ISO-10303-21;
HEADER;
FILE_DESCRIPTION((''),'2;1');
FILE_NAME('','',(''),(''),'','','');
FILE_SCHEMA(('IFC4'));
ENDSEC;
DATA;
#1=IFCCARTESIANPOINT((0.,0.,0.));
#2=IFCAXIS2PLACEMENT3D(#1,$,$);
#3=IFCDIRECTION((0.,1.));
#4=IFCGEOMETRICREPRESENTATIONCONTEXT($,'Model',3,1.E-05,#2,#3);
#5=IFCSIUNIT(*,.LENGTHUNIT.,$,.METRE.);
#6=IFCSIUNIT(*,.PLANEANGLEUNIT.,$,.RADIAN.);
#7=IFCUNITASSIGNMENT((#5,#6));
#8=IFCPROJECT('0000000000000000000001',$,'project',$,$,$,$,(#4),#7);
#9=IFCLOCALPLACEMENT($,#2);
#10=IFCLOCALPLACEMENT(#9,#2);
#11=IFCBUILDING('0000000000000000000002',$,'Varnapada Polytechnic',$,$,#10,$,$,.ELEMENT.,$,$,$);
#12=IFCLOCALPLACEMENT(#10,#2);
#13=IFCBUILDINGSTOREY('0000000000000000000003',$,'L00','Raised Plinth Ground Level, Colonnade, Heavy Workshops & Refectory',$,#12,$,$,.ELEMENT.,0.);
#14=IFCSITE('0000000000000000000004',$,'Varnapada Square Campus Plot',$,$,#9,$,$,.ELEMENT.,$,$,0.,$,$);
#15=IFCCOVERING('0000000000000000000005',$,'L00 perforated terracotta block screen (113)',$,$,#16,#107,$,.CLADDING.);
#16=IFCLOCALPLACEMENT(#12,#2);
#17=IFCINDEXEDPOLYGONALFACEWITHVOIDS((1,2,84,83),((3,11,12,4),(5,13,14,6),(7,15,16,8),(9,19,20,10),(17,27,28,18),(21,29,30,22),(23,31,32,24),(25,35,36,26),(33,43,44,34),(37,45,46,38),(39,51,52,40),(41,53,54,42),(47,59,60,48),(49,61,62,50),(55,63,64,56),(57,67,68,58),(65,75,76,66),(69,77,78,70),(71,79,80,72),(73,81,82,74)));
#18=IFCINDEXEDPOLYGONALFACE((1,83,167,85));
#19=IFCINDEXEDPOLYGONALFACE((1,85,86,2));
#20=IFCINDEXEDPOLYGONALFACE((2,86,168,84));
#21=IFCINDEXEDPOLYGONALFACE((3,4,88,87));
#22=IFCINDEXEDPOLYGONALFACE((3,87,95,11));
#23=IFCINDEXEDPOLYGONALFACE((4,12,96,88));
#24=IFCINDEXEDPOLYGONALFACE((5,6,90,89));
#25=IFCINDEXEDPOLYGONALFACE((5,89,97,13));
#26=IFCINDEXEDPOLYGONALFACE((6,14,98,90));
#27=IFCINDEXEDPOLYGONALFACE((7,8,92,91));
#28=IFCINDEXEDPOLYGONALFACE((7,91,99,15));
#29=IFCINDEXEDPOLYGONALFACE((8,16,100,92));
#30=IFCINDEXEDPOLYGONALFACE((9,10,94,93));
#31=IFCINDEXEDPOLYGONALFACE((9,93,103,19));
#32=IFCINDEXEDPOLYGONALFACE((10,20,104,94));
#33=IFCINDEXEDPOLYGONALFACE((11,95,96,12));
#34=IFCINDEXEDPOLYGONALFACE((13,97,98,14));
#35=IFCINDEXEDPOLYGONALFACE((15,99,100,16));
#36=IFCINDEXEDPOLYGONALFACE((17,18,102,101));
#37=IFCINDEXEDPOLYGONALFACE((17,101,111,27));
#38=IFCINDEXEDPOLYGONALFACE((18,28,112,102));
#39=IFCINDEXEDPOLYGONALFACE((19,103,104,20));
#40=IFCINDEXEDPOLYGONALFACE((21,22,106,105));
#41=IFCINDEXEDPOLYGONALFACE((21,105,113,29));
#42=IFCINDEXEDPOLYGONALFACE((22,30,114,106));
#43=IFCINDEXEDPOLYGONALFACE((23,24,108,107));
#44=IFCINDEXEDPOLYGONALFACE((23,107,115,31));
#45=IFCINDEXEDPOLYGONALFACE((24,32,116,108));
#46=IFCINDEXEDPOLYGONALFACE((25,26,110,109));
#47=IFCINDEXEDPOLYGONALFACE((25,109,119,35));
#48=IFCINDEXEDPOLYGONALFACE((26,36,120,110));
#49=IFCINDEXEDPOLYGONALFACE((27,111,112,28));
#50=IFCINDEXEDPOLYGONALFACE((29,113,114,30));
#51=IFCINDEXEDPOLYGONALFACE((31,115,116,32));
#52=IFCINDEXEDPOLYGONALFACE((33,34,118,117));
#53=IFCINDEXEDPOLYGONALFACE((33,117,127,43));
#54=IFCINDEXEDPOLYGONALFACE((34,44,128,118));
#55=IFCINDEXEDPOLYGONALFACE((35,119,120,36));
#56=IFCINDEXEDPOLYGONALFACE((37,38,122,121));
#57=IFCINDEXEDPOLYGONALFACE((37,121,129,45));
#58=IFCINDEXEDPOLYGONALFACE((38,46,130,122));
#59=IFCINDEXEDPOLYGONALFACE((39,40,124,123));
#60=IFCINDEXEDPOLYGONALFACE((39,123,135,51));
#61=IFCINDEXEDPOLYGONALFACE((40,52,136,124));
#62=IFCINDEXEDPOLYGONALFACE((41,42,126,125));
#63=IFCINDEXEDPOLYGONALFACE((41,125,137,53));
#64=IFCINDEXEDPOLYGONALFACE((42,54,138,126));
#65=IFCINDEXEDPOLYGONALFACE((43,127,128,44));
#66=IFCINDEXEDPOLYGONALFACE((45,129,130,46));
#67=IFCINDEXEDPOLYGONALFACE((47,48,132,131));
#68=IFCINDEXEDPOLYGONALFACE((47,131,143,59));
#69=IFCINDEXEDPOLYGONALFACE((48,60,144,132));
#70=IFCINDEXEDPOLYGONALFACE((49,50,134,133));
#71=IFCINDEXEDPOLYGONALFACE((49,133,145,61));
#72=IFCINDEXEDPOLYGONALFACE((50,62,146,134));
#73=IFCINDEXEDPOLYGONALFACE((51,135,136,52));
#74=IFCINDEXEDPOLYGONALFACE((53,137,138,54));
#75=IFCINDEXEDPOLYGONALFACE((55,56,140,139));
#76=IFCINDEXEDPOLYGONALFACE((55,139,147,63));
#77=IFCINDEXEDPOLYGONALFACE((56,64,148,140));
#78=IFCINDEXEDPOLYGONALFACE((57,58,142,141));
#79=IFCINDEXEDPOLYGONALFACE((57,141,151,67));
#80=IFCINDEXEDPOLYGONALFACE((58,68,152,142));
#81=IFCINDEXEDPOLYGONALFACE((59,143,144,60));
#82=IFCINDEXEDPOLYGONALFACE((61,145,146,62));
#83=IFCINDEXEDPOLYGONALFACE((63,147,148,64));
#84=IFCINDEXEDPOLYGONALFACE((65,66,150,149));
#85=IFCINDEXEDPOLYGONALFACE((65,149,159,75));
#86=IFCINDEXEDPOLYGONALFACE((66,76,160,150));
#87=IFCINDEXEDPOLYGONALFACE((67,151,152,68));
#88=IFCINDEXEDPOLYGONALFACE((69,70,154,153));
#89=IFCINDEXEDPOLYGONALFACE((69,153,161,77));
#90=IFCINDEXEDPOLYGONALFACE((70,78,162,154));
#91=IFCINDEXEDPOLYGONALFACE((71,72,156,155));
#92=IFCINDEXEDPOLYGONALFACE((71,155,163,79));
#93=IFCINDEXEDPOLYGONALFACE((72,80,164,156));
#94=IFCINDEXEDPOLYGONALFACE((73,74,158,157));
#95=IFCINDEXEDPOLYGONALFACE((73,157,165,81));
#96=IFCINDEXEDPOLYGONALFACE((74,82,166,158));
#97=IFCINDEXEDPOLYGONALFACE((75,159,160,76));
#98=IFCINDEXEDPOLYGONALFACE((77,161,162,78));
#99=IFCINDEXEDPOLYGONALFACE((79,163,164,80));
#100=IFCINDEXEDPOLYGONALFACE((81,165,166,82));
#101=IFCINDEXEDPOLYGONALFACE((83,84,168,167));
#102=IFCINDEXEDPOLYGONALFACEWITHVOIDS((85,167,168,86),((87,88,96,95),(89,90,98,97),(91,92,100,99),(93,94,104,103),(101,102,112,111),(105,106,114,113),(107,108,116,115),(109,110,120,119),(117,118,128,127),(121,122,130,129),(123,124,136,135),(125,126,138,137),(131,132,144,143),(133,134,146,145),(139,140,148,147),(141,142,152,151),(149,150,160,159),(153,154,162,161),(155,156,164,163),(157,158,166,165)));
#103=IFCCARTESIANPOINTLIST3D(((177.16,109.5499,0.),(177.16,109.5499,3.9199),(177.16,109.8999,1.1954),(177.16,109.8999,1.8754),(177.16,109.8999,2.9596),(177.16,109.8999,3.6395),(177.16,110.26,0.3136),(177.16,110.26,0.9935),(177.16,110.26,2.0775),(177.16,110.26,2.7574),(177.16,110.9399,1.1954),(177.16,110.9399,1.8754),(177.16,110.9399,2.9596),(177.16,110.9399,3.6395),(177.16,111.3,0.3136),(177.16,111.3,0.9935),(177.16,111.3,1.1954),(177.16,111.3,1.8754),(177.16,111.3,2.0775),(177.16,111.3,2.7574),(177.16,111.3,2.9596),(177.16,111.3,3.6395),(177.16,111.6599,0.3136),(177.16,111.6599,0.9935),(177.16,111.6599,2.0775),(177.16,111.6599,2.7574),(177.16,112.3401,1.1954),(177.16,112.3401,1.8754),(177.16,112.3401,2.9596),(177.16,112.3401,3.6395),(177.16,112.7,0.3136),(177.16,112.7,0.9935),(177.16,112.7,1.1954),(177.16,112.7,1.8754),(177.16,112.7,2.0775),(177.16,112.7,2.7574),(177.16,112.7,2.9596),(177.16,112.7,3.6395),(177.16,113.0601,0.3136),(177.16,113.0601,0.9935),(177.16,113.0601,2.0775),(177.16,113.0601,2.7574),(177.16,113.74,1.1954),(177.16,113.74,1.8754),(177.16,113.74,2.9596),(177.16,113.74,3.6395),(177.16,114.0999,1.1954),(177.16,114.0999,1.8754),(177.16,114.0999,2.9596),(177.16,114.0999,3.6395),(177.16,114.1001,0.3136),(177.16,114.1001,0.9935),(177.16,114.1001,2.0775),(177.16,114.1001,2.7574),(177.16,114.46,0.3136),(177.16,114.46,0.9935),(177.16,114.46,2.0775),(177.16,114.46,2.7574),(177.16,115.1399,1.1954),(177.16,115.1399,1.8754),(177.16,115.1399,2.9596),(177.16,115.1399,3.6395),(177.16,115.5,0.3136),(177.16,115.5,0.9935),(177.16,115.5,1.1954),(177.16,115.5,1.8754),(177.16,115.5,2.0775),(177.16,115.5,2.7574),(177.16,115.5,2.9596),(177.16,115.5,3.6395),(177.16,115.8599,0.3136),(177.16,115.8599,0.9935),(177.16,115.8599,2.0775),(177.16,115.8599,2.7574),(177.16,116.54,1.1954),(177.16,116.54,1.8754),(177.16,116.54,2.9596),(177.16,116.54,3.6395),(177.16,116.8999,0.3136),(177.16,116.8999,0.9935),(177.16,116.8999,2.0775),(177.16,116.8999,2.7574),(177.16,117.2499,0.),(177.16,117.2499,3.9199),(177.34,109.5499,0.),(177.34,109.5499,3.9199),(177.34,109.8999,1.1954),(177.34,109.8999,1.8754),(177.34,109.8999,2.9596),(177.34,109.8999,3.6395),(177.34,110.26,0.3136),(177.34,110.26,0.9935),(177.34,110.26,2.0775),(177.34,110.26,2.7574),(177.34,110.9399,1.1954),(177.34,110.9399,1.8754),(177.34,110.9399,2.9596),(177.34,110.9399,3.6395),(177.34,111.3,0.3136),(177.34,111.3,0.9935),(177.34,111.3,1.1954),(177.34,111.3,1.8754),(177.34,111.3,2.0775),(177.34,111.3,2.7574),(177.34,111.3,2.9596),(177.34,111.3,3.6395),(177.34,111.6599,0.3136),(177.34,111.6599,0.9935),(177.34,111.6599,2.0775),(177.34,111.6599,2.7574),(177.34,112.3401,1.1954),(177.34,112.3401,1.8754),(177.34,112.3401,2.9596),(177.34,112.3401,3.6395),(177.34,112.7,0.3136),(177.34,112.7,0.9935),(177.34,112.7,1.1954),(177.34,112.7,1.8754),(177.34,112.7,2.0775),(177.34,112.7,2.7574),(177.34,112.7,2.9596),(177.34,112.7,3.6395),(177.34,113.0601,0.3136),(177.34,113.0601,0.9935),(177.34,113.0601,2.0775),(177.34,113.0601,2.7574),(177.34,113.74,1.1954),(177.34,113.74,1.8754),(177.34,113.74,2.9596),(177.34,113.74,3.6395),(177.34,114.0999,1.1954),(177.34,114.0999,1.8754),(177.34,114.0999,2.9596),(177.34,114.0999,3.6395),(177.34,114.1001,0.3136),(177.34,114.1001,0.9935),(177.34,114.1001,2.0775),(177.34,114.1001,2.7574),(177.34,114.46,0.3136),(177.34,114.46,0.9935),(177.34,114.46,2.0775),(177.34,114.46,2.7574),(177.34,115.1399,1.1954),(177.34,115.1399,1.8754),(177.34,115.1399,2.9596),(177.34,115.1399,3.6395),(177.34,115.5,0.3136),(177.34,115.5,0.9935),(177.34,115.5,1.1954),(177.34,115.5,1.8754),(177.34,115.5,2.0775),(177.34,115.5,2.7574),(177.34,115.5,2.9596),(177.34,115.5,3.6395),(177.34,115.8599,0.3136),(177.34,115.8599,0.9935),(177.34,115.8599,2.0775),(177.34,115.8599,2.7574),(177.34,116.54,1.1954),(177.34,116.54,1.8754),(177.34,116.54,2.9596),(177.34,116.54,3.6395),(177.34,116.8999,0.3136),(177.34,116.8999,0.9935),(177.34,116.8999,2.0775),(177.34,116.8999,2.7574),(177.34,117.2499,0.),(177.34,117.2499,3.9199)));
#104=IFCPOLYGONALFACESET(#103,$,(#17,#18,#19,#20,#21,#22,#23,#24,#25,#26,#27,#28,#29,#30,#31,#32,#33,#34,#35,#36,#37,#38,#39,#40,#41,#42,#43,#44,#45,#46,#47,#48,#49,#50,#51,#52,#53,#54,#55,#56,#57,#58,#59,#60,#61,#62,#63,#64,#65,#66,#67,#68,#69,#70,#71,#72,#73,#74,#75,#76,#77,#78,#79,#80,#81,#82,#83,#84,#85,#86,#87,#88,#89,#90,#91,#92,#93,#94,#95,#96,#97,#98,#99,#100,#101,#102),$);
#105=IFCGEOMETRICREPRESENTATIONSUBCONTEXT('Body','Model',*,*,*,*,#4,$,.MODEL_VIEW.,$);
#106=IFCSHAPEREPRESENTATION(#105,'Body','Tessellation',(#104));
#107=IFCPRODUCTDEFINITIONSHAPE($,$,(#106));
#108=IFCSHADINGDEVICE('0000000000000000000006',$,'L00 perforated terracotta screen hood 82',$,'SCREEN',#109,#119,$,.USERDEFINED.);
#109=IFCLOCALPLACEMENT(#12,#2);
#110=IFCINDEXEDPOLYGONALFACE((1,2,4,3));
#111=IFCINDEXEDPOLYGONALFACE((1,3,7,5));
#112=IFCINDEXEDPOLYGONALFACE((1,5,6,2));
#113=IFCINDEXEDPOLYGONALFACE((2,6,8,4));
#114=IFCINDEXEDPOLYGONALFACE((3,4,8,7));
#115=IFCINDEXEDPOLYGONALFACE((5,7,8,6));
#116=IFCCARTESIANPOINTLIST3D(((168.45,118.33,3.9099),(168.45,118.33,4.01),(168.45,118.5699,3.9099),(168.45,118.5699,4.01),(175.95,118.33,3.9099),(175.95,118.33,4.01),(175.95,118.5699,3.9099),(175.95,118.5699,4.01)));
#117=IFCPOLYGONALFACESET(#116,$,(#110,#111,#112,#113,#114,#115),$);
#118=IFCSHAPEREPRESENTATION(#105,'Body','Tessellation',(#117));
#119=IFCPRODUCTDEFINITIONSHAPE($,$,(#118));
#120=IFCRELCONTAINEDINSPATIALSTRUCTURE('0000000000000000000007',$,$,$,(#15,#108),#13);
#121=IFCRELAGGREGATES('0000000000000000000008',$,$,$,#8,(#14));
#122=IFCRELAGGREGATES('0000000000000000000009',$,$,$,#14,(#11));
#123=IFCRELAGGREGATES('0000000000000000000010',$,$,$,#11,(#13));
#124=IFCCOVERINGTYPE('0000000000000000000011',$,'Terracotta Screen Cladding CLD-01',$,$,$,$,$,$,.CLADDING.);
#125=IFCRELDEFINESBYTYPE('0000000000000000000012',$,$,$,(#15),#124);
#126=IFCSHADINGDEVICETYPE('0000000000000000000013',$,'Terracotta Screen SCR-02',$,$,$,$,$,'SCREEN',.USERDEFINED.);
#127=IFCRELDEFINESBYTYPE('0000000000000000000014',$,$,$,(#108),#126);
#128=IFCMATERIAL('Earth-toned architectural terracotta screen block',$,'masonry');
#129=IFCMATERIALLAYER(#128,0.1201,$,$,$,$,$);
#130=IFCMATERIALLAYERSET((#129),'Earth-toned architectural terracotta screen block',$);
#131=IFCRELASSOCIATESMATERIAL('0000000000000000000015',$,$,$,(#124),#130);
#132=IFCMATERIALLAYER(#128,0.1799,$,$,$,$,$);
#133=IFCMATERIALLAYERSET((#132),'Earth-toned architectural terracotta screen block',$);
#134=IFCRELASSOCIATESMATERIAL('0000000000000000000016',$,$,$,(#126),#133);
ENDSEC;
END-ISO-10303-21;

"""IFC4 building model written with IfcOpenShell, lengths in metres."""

from ifc_helpers import new_model, si_unit, direction, frame, frame_2d, origin, origin_2d, place, context, subcontext, project, spatial, rectangle, extrude, material, layer, layer_set, type_object, element, save


model = new_model("IFC4")

# Units and contexts
model_context = context("Model", 3, precision=1e-05, world=origin(), true_north=direction((0.0, 1.0)))
body_context = subcontext(model_context, "Body", "Model", "MODEL_VIEW")
ifc_project = project(units=[si_unit("LENGTHUNIT", "METRE"), si_unit("PLANEANGLEUNIT", "RADIAN")], contexts=[model_context])

# Site, building, storey
site_placement = place(None, origin())
site = spatial("IfcSite", under=ifc_project, at=site_placement, Name="Varnapada Square Campus Plot", CompositionType="ELEMENT", RefElevation=0.0)
building_placement = place(site_placement, origin())
building = spatial("IfcBuilding", under=site, at=building_placement, Name="Varnapada Polytechnic", CompositionType="ELEMENT")
storey_placement = place(building_placement, origin())
storey = spatial("IfcBuildingStorey", under=building, at=storey_placement, Name="L00", Description="Raised Plinth Ground Level, Colonnade, Heavy Workshops & Refectory", CompositionType="ELEMENT", Elevation=0.0)

# Covering, openings
ifc_material_1 = material(Name="Earth-toned architectural terracotta screen block", Category="masonry")
ifc_layer_1 = layer(ifc_material_1, 0.1201)
ifc_layer_set_1 = layer_set([ifc_layer_1], Name="Earth-toned architectural terracotta screen block")
covering_type = type_object("IfcCoveringType", Name="Terracotta Screen Cladding CLD-01", PredefinedType="CLADDING", material=ifc_layer_set_1)
covering_placement = place(storey_placement, frame((177.25, 117.25, 0.0), z_axis=(0.0, 0.0, 1.0), x_axis=(0.0, -1.0, 0.0)))
covering = element("IfcCovering", 1, at=covering_placement, inside=storey, type_object=covering_type, Name="L00 perforated terracotta block screen (113)", PredefinedType="CLADDING", context=body_context, shape_type="SweptSolid", body=[
    extrude(rectangle(XDim=7.7, YDim=0.1799, at=frame_2d((3.8501, 0.0))), origin(), (0.0, 0.0, 1.0), 3.9199),
])
opening_1_placement = place(covering_placement, frame((0.3501, 0.0, 0.3137)))
element("IfcOpeningElement", 2, at=opening_1_placement, cuts=covering, PredefinedType="OPENING", context=body_context, shape_type="SweptSolid", body=[
    extrude(rectangle(XDim=1.04, YDim=0.6799, at=frame_2d((0.52, 0.3398))), frame((0.0, 0.0999, 0.0), z_axis=(0.0, -1.0, 0.0), x_axis=(1.0, 0.0, 0.0)), (0.0, 0.0, 1.0), 0.2),
])
opening_2_placement = place(covering_placement, frame((1.75, 0.0, 0.3137)))
element("IfcOpeningElement", 3, at=opening_2_placement, cuts=covering, PredefinedType="OPENING", context=body_context, shape_type="SweptSolid", body=[
    extrude(rectangle(XDim=1.04, YDim=0.6799, at=frame_2d((0.52, 0.3398))), frame((0.0, 0.0999, 0.0), z_axis=(0.0, -1.0, 0.0), x_axis=(1.0, 0.0, 0.0)), (0.0, 0.0, 1.0), 0.2),
])
opening_3_placement = place(covering_placement, frame((3.1499, 0.0, 0.3137)))
element("IfcOpeningElement", 4, at=opening_3_placement, cuts=covering, PredefinedType="OPENING", context=body_context, shape_type="SweptSolid", body=[
    extrude(rectangle(XDim=1.04, YDim=0.6799, at=frame_2d((0.52, 0.3398))), frame((0.0, 0.0999, 0.0), z_axis=(0.0, -1.0, 0.0), x_axis=(1.0, 0.0, 0.0)), (0.0, 0.0, 1.0), 0.2),
])
opening_4_placement = place(covering_placement, frame((4.55, 0.0, 0.3137)))
element("IfcOpeningElement", 5, at=opening_4_placement, cuts=covering, PredefinedType="OPENING", context=body_context, shape_type="SweptSolid", body=[
    extrude(rectangle(XDim=1.04, YDim=0.6799, at=frame_2d((0.52, 0.3398))), frame((0.0, 0.0999, 0.0), z_axis=(0.0, -1.0, 0.0), x_axis=(1.0, 0.0, 0.0)), (0.0, 0.0, 1.0), 0.2),
])
opening_5_placement = place(covering_placement, frame((5.95, 0.0, 0.3137)))
element("IfcOpeningElement", 6, at=opening_5_placement, cuts=covering, PredefinedType="OPENING", context=body_context, shape_type="SweptSolid", body=[
    extrude(rectangle(XDim=1.04, YDim=0.6799, at=frame_2d((0.52, 0.3398))), frame((0.0, 0.0999, 0.0), z_axis=(0.0, -1.0, 0.0), x_axis=(1.0, 0.0, 0.0)), (0.0, 0.0, 1.0), 0.2),
])
opening_6_placement = place(covering_placement, frame((0.71, 0.0, 1.1956)))
element("IfcOpeningElement", 7, at=opening_6_placement, cuts=covering, PredefinedType="OPENING", context=body_context, shape_type="SweptSolid", body=[
    extrude(rectangle(XDim=1.04, YDim=0.6799, at=frame_2d((0.52, 0.3398))), frame((0.0, 0.0999, 0.0), z_axis=(0.0, -1.0, 0.0), x_axis=(1.0, 0.0, 0.0)), (0.0, 0.0, 1.0), 0.2),
])
opening_7_placement = place(covering_placement, frame((2.1101, 0.0, 1.1956)))
element("IfcOpeningElement", 8, at=opening_7_placement, cuts=covering, PredefinedType="OPENING", context=body_context, shape_type="SweptSolid", body=[
    extrude(rectangle(XDim=1.04, YDim=0.6799, at=frame_2d((0.52, 0.3398))), frame((0.0, 0.0999, 0.0), z_axis=(0.0, -1.0, 0.0), x_axis=(1.0, 0.0, 0.0)), (0.0, 0.0, 1.0), 0.2),
])
opening_8_placement = place(covering_placement, frame((3.51, 0.0, 1.1956)))
element("IfcOpeningElement", 9, at=opening_8_placement, cuts=covering, PredefinedType="OPENING", context=body_context, shape_type="SweptSolid", body=[
    extrude(rectangle(XDim=1.04, YDim=0.6799, at=frame_2d((0.52, 0.3398))), frame((0.0, 0.0999, 0.0), z_axis=(0.0, -1.0, 0.0), x_axis=(1.0, 0.0, 0.0)), (0.0, 0.0, 1.0), 0.2),
])
opening_9_placement = place(covering_placement, frame((4.9099, 0.0, 1.1956)))
element("IfcOpeningElement", 10, at=opening_9_placement, cuts=covering, PredefinedType="OPENING", context=body_context, shape_type="SweptSolid", body=[
    extrude(rectangle(XDim=1.04, YDim=0.6799, at=frame_2d((0.52, 0.3398))), frame((0.0, 0.0999, 0.0), z_axis=(0.0, -1.0, 0.0), x_axis=(1.0, 0.0, 0.0)), (0.0, 0.0, 1.0), 0.2),
])
opening_10_placement = place(covering_placement, frame((6.3101, 0.0, 1.1956)))
element("IfcOpeningElement", 11, at=opening_10_placement, cuts=covering, PredefinedType="OPENING", context=body_context, shape_type="SweptSolid", body=[
    extrude(rectangle(XDim=1.04, YDim=0.6799, at=frame_2d((0.52, 0.3398))), frame((0.0, 0.0999, 0.0), z_axis=(0.0, -1.0, 0.0), x_axis=(1.0, 0.0, 0.0)), (0.0, 0.0, 1.0), 0.2),
])
opening_11_placement = place(covering_placement, frame((0.3501, 0.0, 2.0776)))
element("IfcOpeningElement", 12, at=opening_11_placement, cuts=covering, PredefinedType="OPENING", context=body_context, shape_type="SweptSolid", body=[
    extrude(rectangle(XDim=1.04, YDim=0.6799, at=frame_2d((0.52, 0.3398))), frame((0.0, 0.0999, 0.0), z_axis=(0.0, -1.0, 0.0), x_axis=(1.0, 0.0, 0.0)), (0.0, 0.0, 1.0), 0.2),
])
opening_12_placement = place(covering_placement, frame((1.75, 0.0, 2.0776)))
element("IfcOpeningElement", 13, at=opening_12_placement, cuts=covering, PredefinedType="OPENING", context=body_context, shape_type="SweptSolid", body=[
    extrude(rectangle(XDim=1.04, YDim=0.6799, at=frame_2d((0.52, 0.3398))), frame((0.0, 0.0999, 0.0), z_axis=(0.0, -1.0, 0.0), x_axis=(1.0, 0.0, 0.0)), (0.0, 0.0, 1.0), 0.2),
])
opening_13_placement = place(covering_placement, frame((3.1499, 0.0, 2.0776)))
element("IfcOpeningElement", 14, at=opening_13_placement, cuts=covering, PredefinedType="OPENING", context=body_context, shape_type="SweptSolid", body=[
    extrude(rectangle(XDim=1.04, YDim=0.6799, at=frame_2d((0.52, 0.3398))), frame((0.0, 0.0999, 0.0), z_axis=(0.0, -1.0, 0.0), x_axis=(1.0, 0.0, 0.0)), (0.0, 0.0, 1.0), 0.2),
])
opening_14_placement = place(covering_placement, frame((4.55, 0.0, 2.0776)))
element("IfcOpeningElement", 15, at=opening_14_placement, cuts=covering, PredefinedType="OPENING", context=body_context, shape_type="SweptSolid", body=[
    extrude(rectangle(XDim=1.04, YDim=0.6799, at=frame_2d((0.52, 0.3398))), frame((0.0, 0.0999, 0.0), z_axis=(0.0, -1.0, 0.0), x_axis=(1.0, 0.0, 0.0)), (0.0, 0.0, 1.0), 0.2),
])
opening_15_placement = place(covering_placement, frame((5.95, 0.0, 2.0776)))
element("IfcOpeningElement", 16, at=opening_15_placement, cuts=covering, PredefinedType="OPENING", context=body_context, shape_type="SweptSolid", body=[
    extrude(rectangle(XDim=1.04, YDim=0.6799, at=frame_2d((0.52, 0.3398))), frame((0.0, 0.0999, 0.0), z_axis=(0.0, -1.0, 0.0), x_axis=(1.0, 0.0, 0.0)), (0.0, 0.0, 1.0), 0.2),
])
opening_16_placement = place(covering_placement, frame((0.71, 0.0, 2.9597)))
element("IfcOpeningElement", 17, at=opening_16_placement, cuts=covering, PredefinedType="OPENING", context=body_context, shape_type="SweptSolid", body=[
    extrude(rectangle(XDim=1.04, YDim=0.6799, at=frame_2d((0.52, 0.3398))), frame((0.0, 0.0999, 0.0), z_axis=(0.0, -1.0, 0.0), x_axis=(1.0, 0.0, 0.0)), (0.0, 0.0, 1.0), 0.2),
])
opening_17_placement = place(covering_placement, frame((2.1101, 0.0, 2.9597)))
element("IfcOpeningElement", 18, at=opening_17_placement, cuts=covering, PredefinedType="OPENING", context=body_context, shape_type="SweptSolid", body=[
    extrude(rectangle(XDim=1.04, YDim=0.6799, at=frame_2d((0.52, 0.3398))), frame((0.0, 0.0999, 0.0), z_axis=(0.0, -1.0, 0.0), x_axis=(1.0, 0.0, 0.0)), (0.0, 0.0, 1.0), 0.2),
])
opening_18_placement = place(covering_placement, frame((3.51, 0.0, 2.9597)))
element("IfcOpeningElement", 19, at=opening_18_placement, cuts=covering, PredefinedType="OPENING", context=body_context, shape_type="SweptSolid", body=[
    extrude(rectangle(XDim=1.04, YDim=0.6799, at=frame_2d((0.52, 0.3398))), frame((0.0, 0.0999, 0.0), z_axis=(0.0, -1.0, 0.0), x_axis=(1.0, 0.0, 0.0)), (0.0, 0.0, 1.0), 0.2),
])
opening_19_placement = place(covering_placement, frame((4.9099, 0.0, 2.9597)))
element("IfcOpeningElement", 20, at=opening_19_placement, cuts=covering, PredefinedType="OPENING", context=body_context, shape_type="SweptSolid", body=[
    extrude(rectangle(XDim=1.04, YDim=0.6799, at=frame_2d((0.52, 0.3398))), frame((0.0, 0.0999, 0.0), z_axis=(0.0, -1.0, 0.0), x_axis=(1.0, 0.0, 0.0)), (0.0, 0.0, 1.0), 0.2),
])
opening_20_placement = place(covering_placement, frame((6.3101, 0.0, 2.9597)))
element("IfcOpeningElement", 21, at=opening_20_placement, cuts=covering, PredefinedType="OPENING", context=body_context, shape_type="SweptSolid", body=[
    extrude(rectangle(XDim=1.04, YDim=0.6799, at=frame_2d((0.52, 0.3398))), frame((0.0, 0.0999, 0.0), z_axis=(0.0, -1.0, 0.0), x_axis=(1.0, 0.0, 0.0)), (0.0, 0.0, 1.0), 0.2),
])

# Shading device
ifc_layer_2 = layer(ifc_material_1, 0.1799)
ifc_layer_set_2 = layer_set([ifc_layer_2], Name="Earth-toned architectural terracotta screen block")
shading_device_type = type_object("IfcShadingDeviceType", Name="Terracotta Screen SCR-02", ElementType="SCREEN", PredefinedType="USERDEFINED", material=ifc_layer_set_2)
shading_device_placement = place(storey_placement, frame((172.2, 118.45, 3.9099), z_axis=(0.0, 0.0, 1.0), x_axis=(1.0, 0.0, 0.0)))
element("IfcShadingDevice", 22, at=shading_device_placement, inside=storey, type_object=shading_device_type, Name="L00 perforated terracotta screen hood 82", ObjectType="SCREEN", PredefinedType="USERDEFINED", context=body_context, shape_type="SweptSolid", body=[
    extrude(rectangle(XDim=7.5, YDim=0.24, at=origin_2d()), origin(), (0.0, 0.0, 1.0), 0.1001),
])

save(model, "model.ifc")
